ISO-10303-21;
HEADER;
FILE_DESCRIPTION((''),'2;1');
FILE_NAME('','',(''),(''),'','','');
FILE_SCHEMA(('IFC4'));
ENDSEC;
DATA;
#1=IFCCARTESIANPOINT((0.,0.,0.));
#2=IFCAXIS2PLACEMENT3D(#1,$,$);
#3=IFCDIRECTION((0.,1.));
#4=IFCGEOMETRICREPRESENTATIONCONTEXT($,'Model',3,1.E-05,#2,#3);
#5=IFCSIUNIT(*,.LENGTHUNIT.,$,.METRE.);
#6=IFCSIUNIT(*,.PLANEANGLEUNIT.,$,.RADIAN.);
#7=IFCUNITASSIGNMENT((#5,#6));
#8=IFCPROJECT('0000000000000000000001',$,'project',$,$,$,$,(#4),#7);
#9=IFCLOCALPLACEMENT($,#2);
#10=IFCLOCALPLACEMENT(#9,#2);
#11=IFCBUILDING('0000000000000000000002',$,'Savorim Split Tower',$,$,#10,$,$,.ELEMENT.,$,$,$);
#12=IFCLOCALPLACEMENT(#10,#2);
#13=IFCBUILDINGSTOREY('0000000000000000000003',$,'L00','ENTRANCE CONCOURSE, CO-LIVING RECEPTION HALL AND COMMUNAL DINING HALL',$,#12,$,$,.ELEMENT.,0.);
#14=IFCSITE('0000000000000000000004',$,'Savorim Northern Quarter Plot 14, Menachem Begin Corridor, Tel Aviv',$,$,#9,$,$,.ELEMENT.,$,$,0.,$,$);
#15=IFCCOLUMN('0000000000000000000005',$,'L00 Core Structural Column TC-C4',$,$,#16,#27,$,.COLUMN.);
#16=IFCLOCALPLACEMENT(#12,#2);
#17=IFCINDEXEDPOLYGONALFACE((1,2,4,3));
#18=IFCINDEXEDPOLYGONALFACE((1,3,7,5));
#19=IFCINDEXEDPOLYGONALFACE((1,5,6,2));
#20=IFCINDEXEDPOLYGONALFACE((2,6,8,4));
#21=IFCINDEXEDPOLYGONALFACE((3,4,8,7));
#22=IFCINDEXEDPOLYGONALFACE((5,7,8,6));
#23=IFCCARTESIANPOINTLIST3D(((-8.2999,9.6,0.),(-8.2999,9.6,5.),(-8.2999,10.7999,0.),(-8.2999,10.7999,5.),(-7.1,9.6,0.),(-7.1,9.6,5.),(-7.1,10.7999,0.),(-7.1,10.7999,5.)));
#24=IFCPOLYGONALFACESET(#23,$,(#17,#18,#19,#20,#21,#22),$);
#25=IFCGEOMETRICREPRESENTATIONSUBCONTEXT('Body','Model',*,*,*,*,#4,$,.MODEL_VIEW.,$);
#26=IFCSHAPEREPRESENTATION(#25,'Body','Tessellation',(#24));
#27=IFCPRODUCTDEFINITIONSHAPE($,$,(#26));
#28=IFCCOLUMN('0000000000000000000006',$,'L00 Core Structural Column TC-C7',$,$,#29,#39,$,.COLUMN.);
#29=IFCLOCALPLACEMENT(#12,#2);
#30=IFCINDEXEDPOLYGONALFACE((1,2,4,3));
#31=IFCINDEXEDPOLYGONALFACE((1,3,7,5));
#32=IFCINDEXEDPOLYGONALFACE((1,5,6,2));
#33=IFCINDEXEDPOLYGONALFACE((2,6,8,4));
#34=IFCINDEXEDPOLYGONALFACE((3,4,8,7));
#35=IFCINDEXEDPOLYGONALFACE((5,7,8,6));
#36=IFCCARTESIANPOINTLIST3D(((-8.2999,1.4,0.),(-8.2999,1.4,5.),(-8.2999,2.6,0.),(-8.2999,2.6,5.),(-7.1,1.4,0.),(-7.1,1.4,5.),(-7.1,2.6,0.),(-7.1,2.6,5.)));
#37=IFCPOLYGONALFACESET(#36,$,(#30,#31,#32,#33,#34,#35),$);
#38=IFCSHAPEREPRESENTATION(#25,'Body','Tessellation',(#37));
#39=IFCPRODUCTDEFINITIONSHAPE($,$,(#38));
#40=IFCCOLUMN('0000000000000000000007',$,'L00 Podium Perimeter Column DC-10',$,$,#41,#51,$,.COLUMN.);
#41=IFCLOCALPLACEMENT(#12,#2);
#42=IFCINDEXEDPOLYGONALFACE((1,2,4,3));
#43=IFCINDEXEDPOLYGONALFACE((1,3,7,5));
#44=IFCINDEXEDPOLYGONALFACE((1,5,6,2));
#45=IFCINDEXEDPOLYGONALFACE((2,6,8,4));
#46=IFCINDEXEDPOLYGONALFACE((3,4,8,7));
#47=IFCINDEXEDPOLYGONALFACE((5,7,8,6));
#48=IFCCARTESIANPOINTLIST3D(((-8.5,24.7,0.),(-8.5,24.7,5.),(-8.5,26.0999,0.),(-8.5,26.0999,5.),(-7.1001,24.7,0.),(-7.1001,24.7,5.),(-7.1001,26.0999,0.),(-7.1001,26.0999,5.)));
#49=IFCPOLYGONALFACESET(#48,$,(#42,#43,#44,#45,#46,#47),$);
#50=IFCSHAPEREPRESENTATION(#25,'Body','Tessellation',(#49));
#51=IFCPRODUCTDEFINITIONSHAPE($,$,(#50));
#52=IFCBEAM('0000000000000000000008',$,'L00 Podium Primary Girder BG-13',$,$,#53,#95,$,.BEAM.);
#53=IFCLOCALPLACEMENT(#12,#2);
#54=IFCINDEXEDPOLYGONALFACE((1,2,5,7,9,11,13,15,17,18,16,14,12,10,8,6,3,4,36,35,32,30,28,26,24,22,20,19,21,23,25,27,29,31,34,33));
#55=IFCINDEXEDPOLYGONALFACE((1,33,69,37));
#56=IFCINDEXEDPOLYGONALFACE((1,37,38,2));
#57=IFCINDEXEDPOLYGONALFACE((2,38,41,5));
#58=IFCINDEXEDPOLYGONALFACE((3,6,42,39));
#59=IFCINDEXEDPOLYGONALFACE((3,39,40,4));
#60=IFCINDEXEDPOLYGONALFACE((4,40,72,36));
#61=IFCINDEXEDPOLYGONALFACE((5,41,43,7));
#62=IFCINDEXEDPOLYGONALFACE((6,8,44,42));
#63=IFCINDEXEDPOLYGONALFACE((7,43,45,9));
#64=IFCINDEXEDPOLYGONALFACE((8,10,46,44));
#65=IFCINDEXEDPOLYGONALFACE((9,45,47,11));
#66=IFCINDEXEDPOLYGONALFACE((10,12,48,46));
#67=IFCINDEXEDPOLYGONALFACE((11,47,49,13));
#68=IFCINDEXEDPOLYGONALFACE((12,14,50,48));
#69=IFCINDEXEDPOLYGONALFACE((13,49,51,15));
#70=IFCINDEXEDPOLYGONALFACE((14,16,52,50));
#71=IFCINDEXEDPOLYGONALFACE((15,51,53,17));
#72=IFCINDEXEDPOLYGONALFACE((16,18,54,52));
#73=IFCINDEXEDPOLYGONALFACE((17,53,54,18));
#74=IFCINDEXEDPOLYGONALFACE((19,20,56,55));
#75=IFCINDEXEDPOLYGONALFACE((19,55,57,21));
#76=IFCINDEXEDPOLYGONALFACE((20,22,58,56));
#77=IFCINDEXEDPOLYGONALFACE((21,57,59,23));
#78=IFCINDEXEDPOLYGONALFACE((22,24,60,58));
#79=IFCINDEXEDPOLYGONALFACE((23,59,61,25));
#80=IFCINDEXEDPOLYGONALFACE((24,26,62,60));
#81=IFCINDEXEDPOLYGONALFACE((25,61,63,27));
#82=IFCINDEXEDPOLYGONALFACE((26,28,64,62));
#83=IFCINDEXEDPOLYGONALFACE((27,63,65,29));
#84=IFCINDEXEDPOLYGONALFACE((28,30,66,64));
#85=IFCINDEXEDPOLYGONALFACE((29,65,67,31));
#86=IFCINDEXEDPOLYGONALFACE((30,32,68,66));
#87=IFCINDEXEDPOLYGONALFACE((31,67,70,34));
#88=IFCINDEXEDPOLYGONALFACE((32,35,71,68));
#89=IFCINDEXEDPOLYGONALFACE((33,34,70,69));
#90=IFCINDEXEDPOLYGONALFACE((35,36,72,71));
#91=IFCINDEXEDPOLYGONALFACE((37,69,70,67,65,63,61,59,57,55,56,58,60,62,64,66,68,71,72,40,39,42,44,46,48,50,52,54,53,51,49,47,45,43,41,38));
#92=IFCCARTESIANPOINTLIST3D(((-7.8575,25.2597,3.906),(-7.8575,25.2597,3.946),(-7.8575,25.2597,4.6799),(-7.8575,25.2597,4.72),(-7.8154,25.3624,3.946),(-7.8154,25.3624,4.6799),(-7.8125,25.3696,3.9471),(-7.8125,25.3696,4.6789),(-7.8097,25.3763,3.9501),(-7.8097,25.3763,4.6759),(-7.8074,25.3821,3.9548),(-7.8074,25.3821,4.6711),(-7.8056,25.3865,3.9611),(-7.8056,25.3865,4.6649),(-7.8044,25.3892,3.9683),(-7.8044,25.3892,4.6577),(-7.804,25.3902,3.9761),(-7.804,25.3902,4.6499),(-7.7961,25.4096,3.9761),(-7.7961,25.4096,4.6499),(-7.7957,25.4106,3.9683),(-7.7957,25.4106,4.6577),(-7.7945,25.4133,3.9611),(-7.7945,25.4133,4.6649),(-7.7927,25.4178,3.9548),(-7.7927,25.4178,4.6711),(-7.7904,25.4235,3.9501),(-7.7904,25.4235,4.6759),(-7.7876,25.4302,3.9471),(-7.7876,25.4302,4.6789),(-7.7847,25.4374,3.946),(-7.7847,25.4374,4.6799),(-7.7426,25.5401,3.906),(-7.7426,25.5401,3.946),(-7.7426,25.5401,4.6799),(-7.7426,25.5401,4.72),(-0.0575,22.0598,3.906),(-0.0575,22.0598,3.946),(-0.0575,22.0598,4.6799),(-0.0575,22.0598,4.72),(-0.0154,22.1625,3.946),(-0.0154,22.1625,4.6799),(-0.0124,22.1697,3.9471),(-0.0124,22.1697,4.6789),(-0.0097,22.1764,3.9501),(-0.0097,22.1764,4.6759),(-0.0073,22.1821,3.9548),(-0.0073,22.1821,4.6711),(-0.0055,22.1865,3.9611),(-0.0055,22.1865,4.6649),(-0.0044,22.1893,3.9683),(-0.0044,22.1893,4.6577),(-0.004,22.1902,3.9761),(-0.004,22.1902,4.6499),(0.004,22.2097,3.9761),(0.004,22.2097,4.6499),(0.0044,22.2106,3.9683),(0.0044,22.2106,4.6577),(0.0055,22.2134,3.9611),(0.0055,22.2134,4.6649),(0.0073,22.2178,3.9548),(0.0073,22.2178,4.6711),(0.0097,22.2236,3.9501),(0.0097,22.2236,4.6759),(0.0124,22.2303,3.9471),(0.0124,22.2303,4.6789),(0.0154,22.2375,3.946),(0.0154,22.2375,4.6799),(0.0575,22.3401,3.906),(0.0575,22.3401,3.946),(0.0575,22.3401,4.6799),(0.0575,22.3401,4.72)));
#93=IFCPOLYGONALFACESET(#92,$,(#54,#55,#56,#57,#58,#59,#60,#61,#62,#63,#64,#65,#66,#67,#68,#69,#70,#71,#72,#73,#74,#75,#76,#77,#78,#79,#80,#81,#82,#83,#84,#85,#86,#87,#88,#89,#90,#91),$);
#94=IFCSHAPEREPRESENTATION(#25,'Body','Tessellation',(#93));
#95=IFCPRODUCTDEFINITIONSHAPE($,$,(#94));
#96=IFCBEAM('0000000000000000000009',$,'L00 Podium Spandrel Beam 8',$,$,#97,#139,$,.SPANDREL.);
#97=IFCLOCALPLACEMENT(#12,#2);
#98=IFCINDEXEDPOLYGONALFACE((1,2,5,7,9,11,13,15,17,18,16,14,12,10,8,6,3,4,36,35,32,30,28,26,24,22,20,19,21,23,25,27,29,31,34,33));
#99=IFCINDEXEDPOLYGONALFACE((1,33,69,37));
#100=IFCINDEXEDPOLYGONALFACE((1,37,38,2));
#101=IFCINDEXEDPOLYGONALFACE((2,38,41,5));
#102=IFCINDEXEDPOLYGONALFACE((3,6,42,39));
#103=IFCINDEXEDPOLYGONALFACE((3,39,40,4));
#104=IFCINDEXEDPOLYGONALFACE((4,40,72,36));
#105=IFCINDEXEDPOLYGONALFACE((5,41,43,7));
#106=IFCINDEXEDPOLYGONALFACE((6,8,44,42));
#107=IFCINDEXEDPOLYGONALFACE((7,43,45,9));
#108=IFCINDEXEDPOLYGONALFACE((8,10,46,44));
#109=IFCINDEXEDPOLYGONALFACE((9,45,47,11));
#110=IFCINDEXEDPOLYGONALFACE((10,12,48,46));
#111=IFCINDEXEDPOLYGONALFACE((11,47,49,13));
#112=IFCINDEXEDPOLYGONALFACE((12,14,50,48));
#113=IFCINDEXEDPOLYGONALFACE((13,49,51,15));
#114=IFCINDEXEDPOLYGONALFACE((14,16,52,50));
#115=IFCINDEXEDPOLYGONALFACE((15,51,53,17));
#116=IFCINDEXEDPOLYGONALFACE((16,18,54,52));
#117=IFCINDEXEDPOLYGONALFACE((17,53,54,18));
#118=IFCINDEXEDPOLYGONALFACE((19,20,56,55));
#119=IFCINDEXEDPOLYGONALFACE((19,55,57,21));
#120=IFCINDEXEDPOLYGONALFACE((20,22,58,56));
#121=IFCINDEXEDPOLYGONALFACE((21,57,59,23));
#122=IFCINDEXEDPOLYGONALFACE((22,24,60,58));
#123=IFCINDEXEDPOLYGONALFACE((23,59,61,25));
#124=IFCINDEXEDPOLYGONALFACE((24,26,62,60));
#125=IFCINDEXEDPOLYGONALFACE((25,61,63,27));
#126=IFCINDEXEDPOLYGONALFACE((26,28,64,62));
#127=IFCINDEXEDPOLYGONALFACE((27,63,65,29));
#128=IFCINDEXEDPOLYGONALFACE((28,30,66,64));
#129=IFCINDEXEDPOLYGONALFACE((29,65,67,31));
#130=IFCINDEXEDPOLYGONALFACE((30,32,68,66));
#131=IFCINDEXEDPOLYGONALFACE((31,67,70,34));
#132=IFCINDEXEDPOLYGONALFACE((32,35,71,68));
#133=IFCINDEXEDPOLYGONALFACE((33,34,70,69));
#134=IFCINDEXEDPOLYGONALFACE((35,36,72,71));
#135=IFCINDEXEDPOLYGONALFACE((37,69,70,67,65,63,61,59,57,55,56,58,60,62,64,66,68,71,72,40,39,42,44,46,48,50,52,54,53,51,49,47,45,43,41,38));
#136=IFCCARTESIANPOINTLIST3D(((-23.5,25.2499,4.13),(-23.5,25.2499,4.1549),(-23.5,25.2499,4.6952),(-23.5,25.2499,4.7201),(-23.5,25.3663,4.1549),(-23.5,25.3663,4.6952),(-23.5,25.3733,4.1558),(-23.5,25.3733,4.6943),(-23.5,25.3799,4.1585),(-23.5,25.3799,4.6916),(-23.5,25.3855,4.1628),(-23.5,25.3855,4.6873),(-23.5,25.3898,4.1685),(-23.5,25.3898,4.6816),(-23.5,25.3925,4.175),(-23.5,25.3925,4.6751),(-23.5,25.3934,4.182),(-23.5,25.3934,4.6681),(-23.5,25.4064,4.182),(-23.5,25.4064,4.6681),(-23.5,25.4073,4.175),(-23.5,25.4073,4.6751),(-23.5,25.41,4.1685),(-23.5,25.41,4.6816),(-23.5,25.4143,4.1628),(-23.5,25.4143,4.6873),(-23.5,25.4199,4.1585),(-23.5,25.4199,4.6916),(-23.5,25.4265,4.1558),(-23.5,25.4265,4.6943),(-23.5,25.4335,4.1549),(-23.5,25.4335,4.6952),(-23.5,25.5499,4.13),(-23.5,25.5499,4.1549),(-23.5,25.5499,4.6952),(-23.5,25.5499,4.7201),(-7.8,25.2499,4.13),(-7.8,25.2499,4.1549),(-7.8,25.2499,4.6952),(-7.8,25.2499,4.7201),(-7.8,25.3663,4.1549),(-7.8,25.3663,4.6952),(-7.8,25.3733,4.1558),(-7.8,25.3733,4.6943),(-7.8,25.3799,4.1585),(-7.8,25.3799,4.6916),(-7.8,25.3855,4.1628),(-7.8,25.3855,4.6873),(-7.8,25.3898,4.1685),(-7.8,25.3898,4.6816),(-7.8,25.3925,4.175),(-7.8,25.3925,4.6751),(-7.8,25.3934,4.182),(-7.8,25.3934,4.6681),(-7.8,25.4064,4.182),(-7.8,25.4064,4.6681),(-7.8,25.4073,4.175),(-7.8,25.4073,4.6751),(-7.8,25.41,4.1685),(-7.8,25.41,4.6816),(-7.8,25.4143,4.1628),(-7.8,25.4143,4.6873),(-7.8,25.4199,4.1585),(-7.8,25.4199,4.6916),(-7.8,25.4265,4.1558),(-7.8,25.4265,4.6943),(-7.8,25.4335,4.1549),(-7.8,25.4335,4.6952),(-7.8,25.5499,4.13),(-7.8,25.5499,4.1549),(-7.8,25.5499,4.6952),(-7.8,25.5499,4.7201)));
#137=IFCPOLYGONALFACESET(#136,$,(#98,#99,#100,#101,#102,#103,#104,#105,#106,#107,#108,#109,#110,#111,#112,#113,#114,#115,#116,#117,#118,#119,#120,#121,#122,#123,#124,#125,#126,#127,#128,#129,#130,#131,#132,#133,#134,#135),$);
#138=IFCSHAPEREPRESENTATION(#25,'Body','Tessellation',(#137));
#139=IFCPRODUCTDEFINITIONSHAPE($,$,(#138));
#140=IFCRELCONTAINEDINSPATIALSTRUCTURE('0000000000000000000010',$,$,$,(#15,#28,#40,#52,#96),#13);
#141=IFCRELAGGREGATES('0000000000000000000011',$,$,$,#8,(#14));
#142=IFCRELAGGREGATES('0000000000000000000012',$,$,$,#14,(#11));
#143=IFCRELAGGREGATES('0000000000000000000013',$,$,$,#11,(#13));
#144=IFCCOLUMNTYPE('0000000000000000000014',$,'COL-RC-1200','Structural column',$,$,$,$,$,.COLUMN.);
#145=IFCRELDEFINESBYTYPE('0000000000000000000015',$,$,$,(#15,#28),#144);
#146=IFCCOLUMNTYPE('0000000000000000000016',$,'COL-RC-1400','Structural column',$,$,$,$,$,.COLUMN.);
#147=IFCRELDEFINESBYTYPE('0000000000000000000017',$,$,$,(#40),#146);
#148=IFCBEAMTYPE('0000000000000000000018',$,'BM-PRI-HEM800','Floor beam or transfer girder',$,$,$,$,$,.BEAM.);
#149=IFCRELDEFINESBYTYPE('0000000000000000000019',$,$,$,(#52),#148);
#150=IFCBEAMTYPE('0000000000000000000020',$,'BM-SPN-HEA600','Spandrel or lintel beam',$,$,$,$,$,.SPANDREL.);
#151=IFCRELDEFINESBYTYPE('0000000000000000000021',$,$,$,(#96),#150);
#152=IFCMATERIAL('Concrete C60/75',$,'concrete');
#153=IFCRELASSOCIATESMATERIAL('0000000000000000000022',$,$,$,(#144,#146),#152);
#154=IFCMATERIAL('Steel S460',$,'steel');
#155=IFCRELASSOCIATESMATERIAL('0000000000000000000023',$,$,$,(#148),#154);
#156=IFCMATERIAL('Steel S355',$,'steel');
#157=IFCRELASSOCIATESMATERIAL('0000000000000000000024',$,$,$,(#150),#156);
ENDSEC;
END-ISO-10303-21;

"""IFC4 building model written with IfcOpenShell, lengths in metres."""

from ifc_helpers import new_model, si_unit, direction, frame, origin, origin_2d, place, context, subcontext, project, spatial, rectangle, i_section, extrude, material, material_profile, profile_set, type_object, element, save


model = new_model("IFC4")

# Units and contexts
model_context = context("Model", 3, precision=1e-05, world=origin(), true_north=direction((0.0, 1.0)))
body_context = subcontext(model_context, "Body", "Model", "MODEL_VIEW")
ifc_project = project(units=[si_unit("LENGTHUNIT", "METRE"), si_unit("PLANEANGLEUNIT", "RADIAN")], contexts=[model_context])

# Site, building, storey
site_placement = place(None, origin())
site = spatial("IfcSite", under=ifc_project, at=site_placement, Name="Savorim Northern Quarter Plot 14, Menachem Begin Corridor, Tel Aviv", CompositionType="ELEMENT", RefElevation=0.0)
building_placement = place(site_placement, origin())
building = spatial("IfcBuilding", under=site, at=building_placement, Name="Savorim Split Tower", CompositionType="ELEMENT")
storey_placement = place(building_placement, origin())
storey = spatial("IfcBuildingStorey", under=building, at=storey_placement, Name="L00", Description="ENTRANCE CONCOURSE, CO-LIVING RECEPTION HALL AND COMMUNAL DINING HALL", CompositionType="ELEMENT", Elevation=0.0)

# Columns
ifc_material_1 = material(Name="Concrete C60/75", Category="concrete")
ifc_material_profile_1 = material_profile(ifc_material_1, rectangle(XDim=1.2, YDim=1.2, at=origin_2d()), Name="RC 1200x1200")
ifc_profile_set_1 = profile_set([ifc_material_profile_1], Name="Concrete C60/75")
column_type_1 = type_object("IfcColumnType", Name="COL-RC-1200", Description="Structural column", PredefinedType="COLUMN", material=ifc_profile_set_1)
for number, where, z_axis, x_axis, name in (
    (1, (-7.7, 10.2, 0.0), (0.0, 0.0, 1.0), (1.0, 0.0, 0.0), "L00 Core Structural Column TC-C4"),
    (2, (-7.7, 2.0, 0.0), (0.0, 0.0, 1.0), (1.0, 0.0, 0.0), "L00 Core Structural Column TC-C7"),
):
    element("IfcColumn", number, at=place(storey_placement, frame(where, z_axis=z_axis, x_axis=x_axis)), inside=storey, type_object=column_type_1, Name=name, PredefinedType="COLUMN", context=body_context, shape_type="SweptSolid", body=[
        extrude(rectangle(XDim=1.2, YDim=1.2, at=origin_2d()), origin(), (0.0, 0.0, 1.0), 5.0),
    ])
ifc_material_profile_2 = material_profile(ifc_material_1, rectangle(XDim=1.3999, YDim=1.3999, at=origin_2d()), Name="RC 1400x1400")
ifc_profile_set_2 = profile_set([ifc_material_profile_2], Name="Concrete C60/75")
column_type_2 = type_object("IfcColumnType", Name="COL-RC-1400", Description="Structural column", PredefinedType="COLUMN", material=ifc_profile_set_2)
column_placement = place(storey_placement, frame((-7.8, 25.3999, 0.0), z_axis=(0.0, 0.0, 1.0), x_axis=(1.0, 0.0, 0.0)))
element("IfcColumn", 3, at=column_placement, inside=storey, type_object=column_type_2, Name="L00 Podium Perimeter Column DC-10", PredefinedType="COLUMN", context=body_context, shape_type="SweptSolid", body=[
    extrude(rectangle(XDim=1.3999, YDim=1.3999, at=origin_2d()), origin(), (0.0, 0.0, 1.0), 5.0),
])

# Beams
ifc_material_2 = material(Name="Steel S460", Category="steel")
ifc_material_profile_3 = material_profile(ifc_material_2, i_section(OverallWidth=0.303, OverallDepth=0.814, WebThickness=0.021, FlangeThickness=0.04, FilletRadius=0.03, at=origin_2d()), Name="HE 800 M")
ifc_profile_set_3 = profile_set([ifc_material_profile_3], Name="Steel S460")
beam_type_1 = type_object("IfcBeamType", Name="BM-PRI-HEM800", Description="Floor beam or transfer girder", PredefinedType="BEAM", material=ifc_profile_set_3)
beam_1_placement = place(storey_placement, frame((-7.8, 25.3999, 4.313), z_axis=(0.925171, -0.379549, 0.0), x_axis=(0.379549, 0.925171, 0.0)))
element("IfcBeam", 4, at=beam_1_placement, inside=storey, type_object=beam_type_1, Name="L00 Podium Primary Girder BG-13", PredefinedType="BEAM", context=body_context, shape_type="SweptSolid", body=[
    extrude(i_section(OverallWidth=0.303, OverallDepth=0.814, WebThickness=0.021, FlangeThickness=0.04, FilletRadius=0.03, at=origin_2d()), origin(), (0.0, 0.0, 1.0), 8.4309),
])
ifc_material_3 = material(Name="Steel S355", Category="steel")
ifc_material_profile_4 = material_profile(ifc_material_3, i_section(OverallWidth=0.3, OverallDepth=0.5901, WebThickness=0.0129, FlangeThickness=0.0249, FilletRadius=0.0271, at=origin_2d()), Name="HEA 600")
ifc_profile_set_4 = profile_set([ifc_material_profile_4], Name="Steel S355")
beam_type_2 = type_object("IfcBeamType", Name="BM-SPN-HEA600", Description="Spandrel or lintel beam", PredefinedType="SPANDREL", material=ifc_profile_set_4)
beam_2_placement = place(storey_placement, frame((-7.8, 25.3999, 4.425), z_axis=(-1.0, 0.0, 0.0), x_axis=(0.0, -1.0, 0.0)))
element("IfcBeam", 5, at=beam_2_placement, inside=storey, type_object=beam_type_2, Name="L00 Podium Spandrel Beam 8", PredefinedType="SPANDREL", context=body_context, shape_type="SweptSolid", body=[
    extrude(i_section(OverallWidth=0.3, OverallDepth=0.5901, WebThickness=0.0129, FlangeThickness=0.0249, FilletRadius=0.0271, at=origin_2d()), origin(), (0.0, 0.0, 1.0), 15.7),
])

save(model, "model.ifc")
